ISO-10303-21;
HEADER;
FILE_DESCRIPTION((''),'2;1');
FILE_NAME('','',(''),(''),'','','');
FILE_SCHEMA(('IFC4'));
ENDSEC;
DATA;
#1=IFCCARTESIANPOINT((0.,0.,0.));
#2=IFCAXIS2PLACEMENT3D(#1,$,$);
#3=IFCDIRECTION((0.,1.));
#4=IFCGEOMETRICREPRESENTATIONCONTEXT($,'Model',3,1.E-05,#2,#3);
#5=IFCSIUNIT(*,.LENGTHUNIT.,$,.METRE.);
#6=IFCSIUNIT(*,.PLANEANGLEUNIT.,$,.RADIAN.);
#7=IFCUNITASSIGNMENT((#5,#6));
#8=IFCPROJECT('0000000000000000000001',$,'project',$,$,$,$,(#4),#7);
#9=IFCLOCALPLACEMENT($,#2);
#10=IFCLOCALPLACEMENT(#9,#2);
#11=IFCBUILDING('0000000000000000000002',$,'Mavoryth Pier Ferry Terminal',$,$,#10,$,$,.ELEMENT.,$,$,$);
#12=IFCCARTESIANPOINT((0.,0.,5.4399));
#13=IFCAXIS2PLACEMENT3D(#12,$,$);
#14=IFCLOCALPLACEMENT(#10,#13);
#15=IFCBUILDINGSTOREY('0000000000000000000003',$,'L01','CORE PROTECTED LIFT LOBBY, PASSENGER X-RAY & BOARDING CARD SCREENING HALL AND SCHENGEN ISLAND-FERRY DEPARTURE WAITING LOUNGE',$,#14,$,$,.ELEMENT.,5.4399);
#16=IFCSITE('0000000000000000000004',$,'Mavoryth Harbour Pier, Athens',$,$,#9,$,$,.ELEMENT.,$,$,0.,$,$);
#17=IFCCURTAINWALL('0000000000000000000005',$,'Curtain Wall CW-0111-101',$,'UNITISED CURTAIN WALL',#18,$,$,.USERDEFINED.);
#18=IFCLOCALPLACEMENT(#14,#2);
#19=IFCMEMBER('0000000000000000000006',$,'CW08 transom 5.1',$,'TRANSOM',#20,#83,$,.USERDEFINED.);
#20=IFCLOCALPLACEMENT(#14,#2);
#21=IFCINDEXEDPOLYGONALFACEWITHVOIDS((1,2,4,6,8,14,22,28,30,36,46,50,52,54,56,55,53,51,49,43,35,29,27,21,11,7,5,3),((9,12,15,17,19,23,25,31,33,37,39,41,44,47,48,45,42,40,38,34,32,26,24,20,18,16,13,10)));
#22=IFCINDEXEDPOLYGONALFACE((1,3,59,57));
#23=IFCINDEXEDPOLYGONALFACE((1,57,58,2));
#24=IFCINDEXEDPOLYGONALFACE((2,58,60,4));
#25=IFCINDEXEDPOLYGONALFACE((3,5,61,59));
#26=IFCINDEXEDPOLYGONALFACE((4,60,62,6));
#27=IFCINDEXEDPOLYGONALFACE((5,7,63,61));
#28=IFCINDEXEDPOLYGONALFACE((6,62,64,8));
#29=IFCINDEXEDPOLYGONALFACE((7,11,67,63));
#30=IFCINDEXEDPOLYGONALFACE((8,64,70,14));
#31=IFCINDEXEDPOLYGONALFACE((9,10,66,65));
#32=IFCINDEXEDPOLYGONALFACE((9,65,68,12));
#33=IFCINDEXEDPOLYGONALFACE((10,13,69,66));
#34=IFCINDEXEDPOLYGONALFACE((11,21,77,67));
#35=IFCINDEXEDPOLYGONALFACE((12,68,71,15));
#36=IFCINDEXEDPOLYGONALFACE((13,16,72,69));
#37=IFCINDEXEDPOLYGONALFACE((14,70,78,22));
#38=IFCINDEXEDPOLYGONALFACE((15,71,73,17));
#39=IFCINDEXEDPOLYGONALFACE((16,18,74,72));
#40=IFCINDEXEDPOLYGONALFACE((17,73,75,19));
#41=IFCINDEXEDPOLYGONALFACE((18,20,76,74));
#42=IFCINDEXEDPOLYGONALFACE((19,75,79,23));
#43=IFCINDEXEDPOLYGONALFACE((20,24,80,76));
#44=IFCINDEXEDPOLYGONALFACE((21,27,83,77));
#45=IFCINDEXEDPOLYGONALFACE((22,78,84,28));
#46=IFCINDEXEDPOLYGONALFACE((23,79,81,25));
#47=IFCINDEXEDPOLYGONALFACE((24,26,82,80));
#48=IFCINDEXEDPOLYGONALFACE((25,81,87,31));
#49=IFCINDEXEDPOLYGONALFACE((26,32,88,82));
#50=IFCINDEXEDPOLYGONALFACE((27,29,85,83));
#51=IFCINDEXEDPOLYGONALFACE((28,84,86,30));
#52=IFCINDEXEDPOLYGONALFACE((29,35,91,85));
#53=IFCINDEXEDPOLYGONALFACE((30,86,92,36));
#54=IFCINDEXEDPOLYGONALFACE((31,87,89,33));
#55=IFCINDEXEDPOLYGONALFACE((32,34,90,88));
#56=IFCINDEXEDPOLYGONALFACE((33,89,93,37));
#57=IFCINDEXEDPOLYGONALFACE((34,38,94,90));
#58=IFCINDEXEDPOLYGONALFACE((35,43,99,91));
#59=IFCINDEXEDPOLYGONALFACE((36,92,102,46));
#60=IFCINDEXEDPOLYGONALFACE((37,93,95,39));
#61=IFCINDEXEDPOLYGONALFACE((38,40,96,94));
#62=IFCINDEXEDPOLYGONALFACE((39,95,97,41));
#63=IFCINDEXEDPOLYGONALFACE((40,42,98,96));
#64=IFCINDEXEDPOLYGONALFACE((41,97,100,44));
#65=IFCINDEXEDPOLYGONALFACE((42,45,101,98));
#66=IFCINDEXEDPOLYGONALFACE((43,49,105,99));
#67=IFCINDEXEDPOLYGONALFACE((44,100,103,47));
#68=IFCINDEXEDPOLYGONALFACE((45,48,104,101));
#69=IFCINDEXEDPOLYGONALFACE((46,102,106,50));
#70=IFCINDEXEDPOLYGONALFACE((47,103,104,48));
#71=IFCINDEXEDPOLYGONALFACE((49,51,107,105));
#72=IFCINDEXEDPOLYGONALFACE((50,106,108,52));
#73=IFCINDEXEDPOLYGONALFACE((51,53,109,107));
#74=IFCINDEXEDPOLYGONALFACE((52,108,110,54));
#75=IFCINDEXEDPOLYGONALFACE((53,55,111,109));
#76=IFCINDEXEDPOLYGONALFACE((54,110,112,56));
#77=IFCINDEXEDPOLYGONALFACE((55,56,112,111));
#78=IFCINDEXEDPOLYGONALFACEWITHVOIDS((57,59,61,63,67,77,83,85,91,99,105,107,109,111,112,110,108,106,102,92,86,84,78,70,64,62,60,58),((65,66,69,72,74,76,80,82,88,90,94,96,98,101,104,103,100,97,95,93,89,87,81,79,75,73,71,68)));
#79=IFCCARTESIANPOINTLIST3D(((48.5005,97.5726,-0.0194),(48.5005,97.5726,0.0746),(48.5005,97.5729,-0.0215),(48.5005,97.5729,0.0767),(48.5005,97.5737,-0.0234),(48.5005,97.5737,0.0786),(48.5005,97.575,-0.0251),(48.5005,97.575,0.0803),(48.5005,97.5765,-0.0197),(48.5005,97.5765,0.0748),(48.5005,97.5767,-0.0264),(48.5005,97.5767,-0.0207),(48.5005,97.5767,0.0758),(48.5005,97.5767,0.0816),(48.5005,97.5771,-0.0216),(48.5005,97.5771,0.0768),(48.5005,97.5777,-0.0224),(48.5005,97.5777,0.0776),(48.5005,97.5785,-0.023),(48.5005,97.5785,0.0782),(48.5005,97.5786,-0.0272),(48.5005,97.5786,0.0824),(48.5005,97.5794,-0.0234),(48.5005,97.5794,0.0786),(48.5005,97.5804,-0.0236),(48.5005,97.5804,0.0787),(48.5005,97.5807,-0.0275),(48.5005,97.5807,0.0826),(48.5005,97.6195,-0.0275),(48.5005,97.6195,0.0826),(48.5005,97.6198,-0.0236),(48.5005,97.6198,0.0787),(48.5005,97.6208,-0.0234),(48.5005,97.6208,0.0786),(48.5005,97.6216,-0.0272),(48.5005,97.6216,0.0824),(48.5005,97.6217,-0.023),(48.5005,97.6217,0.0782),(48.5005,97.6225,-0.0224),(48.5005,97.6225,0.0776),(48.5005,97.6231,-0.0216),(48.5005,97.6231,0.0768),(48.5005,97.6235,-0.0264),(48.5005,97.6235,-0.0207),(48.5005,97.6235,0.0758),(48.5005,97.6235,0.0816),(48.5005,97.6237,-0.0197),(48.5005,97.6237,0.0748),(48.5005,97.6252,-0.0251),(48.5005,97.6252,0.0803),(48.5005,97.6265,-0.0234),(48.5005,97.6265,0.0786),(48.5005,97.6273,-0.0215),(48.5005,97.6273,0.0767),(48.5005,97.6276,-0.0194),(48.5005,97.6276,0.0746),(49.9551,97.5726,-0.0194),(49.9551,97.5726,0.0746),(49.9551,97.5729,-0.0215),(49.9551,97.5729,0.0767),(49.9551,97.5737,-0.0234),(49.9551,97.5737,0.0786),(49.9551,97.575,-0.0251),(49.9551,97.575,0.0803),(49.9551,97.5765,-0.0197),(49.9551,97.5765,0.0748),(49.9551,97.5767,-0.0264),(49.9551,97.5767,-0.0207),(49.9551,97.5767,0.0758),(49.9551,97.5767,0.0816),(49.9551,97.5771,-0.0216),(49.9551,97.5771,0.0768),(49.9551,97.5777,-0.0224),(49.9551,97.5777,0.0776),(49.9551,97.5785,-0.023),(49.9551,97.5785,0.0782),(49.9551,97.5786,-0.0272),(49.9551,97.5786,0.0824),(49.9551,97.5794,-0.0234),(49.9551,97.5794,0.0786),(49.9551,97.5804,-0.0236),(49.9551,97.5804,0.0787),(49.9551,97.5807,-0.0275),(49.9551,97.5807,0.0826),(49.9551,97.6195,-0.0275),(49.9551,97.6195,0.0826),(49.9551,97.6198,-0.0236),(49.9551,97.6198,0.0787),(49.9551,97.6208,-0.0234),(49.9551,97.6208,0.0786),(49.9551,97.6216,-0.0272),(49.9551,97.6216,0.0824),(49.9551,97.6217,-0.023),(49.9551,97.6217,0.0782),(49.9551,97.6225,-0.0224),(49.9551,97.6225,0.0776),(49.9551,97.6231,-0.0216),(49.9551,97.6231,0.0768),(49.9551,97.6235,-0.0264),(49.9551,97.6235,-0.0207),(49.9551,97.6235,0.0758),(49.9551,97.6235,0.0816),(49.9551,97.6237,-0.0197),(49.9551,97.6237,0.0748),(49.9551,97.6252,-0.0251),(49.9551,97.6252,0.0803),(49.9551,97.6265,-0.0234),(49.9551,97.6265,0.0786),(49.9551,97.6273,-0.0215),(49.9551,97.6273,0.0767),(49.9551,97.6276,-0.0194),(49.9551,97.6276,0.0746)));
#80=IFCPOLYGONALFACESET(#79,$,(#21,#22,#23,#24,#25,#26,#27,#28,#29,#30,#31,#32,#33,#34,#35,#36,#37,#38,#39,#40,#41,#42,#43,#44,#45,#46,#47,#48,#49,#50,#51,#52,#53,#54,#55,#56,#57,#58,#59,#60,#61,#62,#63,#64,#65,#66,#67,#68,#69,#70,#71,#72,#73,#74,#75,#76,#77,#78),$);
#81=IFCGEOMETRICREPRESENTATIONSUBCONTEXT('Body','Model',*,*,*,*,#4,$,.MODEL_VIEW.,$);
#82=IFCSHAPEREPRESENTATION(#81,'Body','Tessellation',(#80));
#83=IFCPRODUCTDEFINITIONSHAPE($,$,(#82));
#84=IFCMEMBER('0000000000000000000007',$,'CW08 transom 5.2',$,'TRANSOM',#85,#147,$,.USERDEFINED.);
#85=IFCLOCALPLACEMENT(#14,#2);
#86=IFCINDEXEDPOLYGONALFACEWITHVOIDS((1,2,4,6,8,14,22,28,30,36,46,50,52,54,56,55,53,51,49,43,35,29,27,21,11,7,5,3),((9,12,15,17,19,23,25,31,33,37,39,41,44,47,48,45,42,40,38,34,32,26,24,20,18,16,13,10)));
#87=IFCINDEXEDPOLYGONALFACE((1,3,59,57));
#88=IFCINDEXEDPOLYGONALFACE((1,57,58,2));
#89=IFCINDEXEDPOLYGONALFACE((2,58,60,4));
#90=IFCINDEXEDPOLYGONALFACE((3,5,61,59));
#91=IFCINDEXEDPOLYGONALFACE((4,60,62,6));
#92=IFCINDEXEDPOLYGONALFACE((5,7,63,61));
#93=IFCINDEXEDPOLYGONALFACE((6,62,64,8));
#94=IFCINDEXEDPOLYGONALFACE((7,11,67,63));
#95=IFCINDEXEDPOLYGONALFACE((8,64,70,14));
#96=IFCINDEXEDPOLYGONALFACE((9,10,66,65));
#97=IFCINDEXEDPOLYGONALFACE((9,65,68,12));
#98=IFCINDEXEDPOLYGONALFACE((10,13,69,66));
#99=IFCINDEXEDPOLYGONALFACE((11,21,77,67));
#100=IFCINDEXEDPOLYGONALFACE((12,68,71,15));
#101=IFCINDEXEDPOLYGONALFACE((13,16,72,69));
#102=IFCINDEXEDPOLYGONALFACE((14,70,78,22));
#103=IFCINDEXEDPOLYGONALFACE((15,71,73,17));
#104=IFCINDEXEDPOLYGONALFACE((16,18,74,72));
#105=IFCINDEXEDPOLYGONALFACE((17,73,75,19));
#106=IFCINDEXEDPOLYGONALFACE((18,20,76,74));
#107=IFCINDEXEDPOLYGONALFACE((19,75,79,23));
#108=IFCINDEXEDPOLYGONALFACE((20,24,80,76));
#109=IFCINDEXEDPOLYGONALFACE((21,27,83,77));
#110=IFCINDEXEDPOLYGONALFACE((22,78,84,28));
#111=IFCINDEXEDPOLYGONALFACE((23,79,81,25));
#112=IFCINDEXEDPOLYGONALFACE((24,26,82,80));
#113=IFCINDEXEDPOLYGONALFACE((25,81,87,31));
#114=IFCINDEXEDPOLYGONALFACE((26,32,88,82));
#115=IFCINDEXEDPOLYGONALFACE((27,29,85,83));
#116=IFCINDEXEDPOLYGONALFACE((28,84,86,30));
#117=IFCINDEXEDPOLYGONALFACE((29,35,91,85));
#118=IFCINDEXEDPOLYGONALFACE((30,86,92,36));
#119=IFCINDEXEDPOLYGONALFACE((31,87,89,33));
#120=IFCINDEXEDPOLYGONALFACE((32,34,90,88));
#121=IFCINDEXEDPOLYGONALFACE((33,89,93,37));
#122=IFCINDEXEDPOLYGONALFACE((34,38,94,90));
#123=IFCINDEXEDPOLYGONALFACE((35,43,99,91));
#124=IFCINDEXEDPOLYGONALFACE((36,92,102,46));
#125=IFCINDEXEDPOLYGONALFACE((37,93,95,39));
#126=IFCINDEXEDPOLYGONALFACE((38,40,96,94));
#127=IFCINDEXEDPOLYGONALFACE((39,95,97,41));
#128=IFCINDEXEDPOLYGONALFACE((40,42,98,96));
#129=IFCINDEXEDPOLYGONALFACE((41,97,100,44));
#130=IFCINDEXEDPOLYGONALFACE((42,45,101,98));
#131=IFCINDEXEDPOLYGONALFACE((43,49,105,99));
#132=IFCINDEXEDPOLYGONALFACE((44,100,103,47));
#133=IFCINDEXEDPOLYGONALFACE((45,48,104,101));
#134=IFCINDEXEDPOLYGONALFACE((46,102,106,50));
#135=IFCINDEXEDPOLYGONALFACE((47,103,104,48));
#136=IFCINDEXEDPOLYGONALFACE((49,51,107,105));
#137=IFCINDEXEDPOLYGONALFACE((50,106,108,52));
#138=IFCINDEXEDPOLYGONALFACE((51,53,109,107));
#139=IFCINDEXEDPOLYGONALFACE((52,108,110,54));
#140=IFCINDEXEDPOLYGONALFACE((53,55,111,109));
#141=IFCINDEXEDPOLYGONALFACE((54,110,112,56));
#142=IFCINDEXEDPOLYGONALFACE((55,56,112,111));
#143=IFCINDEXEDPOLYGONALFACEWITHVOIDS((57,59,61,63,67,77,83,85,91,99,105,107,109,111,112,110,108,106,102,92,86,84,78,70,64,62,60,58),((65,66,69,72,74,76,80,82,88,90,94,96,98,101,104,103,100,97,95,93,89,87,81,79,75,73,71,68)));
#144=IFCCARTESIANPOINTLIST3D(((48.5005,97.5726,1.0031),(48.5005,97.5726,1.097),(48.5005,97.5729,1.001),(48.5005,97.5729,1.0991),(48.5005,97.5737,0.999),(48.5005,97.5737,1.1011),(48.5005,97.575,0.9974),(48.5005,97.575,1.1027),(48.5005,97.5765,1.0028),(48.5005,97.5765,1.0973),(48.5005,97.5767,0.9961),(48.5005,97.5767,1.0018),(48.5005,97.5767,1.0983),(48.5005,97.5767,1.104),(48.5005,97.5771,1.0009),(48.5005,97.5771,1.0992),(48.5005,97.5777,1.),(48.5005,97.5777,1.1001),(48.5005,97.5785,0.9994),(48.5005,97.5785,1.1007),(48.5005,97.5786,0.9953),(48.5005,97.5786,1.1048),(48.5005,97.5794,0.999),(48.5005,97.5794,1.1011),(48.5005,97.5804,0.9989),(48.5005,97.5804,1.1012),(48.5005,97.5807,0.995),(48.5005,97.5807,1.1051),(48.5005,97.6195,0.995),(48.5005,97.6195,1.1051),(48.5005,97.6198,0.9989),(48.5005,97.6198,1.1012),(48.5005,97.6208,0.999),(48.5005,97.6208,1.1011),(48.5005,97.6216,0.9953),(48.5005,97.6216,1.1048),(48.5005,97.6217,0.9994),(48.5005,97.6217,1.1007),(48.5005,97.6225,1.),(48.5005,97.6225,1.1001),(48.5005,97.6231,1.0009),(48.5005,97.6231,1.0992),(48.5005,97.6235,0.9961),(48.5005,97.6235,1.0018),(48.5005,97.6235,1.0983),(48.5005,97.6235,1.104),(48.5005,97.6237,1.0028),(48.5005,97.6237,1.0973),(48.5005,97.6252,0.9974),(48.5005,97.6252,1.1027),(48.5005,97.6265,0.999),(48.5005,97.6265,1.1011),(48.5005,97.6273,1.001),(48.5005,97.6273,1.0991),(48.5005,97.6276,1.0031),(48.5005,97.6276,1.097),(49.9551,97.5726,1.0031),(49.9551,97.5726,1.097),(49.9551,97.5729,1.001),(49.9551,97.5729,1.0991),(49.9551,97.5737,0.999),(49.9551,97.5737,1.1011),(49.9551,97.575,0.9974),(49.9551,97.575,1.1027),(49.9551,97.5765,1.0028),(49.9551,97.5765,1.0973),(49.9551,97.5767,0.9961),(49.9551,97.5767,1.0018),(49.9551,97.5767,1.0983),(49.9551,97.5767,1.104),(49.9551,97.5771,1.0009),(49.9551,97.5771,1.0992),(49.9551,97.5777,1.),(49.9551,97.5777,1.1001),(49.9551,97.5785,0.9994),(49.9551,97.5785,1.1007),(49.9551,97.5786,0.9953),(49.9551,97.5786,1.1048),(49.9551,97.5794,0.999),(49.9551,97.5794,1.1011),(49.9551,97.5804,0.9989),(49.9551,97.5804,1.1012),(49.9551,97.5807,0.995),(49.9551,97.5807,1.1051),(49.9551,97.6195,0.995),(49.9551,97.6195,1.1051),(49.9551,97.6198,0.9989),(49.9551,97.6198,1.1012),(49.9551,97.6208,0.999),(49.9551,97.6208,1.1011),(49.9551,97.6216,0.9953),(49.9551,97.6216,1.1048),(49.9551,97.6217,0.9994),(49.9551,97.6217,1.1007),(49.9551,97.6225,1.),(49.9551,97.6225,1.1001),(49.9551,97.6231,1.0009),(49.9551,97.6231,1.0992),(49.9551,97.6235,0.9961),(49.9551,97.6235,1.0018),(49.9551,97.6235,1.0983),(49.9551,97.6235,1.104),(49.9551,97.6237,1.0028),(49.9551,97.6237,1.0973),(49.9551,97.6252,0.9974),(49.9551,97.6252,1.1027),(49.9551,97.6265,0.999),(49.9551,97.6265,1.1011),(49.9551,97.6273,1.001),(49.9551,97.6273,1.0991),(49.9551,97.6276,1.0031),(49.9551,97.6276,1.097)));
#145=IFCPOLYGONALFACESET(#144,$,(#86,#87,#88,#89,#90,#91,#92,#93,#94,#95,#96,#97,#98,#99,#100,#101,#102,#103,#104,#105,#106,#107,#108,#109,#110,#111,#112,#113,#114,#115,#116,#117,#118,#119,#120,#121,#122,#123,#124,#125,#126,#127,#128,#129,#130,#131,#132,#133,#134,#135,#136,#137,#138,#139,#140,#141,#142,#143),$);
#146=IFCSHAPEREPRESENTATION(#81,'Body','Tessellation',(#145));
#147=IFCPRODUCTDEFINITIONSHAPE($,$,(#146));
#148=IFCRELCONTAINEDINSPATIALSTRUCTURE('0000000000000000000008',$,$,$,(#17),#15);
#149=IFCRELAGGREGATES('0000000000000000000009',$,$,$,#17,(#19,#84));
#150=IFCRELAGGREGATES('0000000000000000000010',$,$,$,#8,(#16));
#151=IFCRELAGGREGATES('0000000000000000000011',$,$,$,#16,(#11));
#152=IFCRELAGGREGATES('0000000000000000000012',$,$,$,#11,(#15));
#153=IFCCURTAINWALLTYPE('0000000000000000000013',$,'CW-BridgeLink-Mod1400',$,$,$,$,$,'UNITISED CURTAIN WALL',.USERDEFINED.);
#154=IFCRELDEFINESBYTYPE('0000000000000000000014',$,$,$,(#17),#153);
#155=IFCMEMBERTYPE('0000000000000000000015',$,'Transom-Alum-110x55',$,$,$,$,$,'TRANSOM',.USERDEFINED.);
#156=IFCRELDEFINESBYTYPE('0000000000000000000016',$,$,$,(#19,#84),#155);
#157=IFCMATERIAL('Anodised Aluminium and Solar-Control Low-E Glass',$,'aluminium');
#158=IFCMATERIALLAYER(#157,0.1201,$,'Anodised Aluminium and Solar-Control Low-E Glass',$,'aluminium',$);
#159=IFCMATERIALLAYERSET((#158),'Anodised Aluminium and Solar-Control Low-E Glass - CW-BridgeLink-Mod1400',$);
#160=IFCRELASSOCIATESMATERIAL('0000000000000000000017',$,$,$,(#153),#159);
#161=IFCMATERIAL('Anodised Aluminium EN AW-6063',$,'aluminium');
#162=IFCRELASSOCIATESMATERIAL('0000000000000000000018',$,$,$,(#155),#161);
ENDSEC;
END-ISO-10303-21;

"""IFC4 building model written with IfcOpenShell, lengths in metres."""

from ifc_helpers import new_model, si_unit, direction, frame, origin, origin_2d, place, context, subcontext, project, spatial, hollow_rectangle, extrude, material, layer, layer_set, material_profile, profile_set, type_object, element, aggregate, save


model = new_model("IFC4")

# Units and contexts
model_context = context("Model", 3, precision=1e-05, world=origin(), true_north=direction((0.0, 1.0)))
body_context = subcontext(model_context, "Body", "Model", "MODEL_VIEW")
ifc_project = project(units=[si_unit("LENGTHUNIT", "METRE"), si_unit("PLANEANGLEUNIT", "RADIAN")], contexts=[model_context])

# Site, building, storey
site_placement = place(None, origin())
site = spatial("IfcSite", under=ifc_project, at=site_placement, Name="Mavoryth Harbour Pier, Athens", CompositionType="ELEMENT", RefElevation=0.0)
building_placement = place(site_placement, origin())
building = spatial("IfcBuilding", under=site, at=building_placement, Name="Mavoryth Pier Ferry Terminal", CompositionType="ELEMENT")
storey_placement = place(building_placement, frame((0.0, 0.0, 5.4399)))
storey = spatial("IfcBuildingStorey", under=building, at=storey_placement, Name="L01", Description="CORE PROTECTED LIFT LOBBY, PASSENGER X-RAY & BOARDING CARD SCREENING HALL AND SCHENGEN ISLAND-FERRY DEPARTURE WAITING LOUNGE", CompositionType="ELEMENT", Elevation=5.4399)

# Curtain wall
ifc_material_1 = material(Name="Anodised Aluminium and Solar-Control Low-E Glass", Category="aluminium")
ifc_layer_1 = layer(ifc_material_1, 0.1201, Name="Anodised Aluminium and Solar-Control Low-E Glass", Category="aluminium")
ifc_layer_set_1 = layer_set([ifc_layer_1], Name="Anodised Aluminium and Solar-Control Low-E Glass - CW-BridgeLink-Mod1400")
curtain_wall_type_1 = type_object("IfcCurtainWallType", Name="CW-BridgeLink-Mod1400", ElementType="UNITISED CURTAIN WALL", PredefinedType="USERDEFINED", material=ifc_layer_set_1)
curtain_wall_1_placement = place(storey_placement, origin())
curtain_wall_1 = element("IfcCurtainWall", 1, at=curtain_wall_1_placement, inside=storey, type_object=curtain_wall_type_1, Name="Curtain Wall CW-0111-101", ObjectType="UNITISED CURTAIN WALL", PredefinedType="USERDEFINED")
ifc_material_2 = material(Name="Anodised Aluminium EN AW-6063", Category="aluminium")

# Members
ifc_material_profile_1 = material_profile(ifc_material_2, hollow_rectangle(XDim=0.0549, YDim=0.1101, WallThickness=0.0039, InnerFilletRadius=0.0039, OuterFilletRadius=0.0081, at=origin_2d()), Name="AL-TRAN 110x55x4", Category="aluminium")
ifc_profile_set_1 = profile_set([ifc_material_profile_1], Name="Anodised Aluminium EN AW-6063 - AL-TRAN 110x55x4")
member_type_1 = type_object("IfcMemberType", Name="Transom-Alum-110x55", ElementType="TRANSOM", PredefinedType="USERDEFINED", material=ifc_profile_set_1)
member_1_placement = place(storey_placement, frame((48.5005, 97.6001, 0.0276), z_axis=(1.0, 0.0, 0.0), x_axis=(0.0, 1.0, 0.0)))
member_1 = element("IfcMember", 2, at=member_1_placement, type_object=member_type_1, Name="CW08 transom 5.1", ObjectType="TRANSOM", PredefinedType="USERDEFINED", context=body_context, shape_type="SweptSolid", body=[
    extrude(hollow_rectangle(XDim=0.0549, YDim=0.1101, WallThickness=0.0039, InnerFilletRadius=0.0039, OuterFilletRadius=0.0081, at=origin_2d()), origin(), (0.0, 0.0, 1.0), 1.4546),
])
member_2_placement = place(storey_placement, frame((48.5005, 97.6001, 1.05), z_axis=(1.0, 0.0, 0.0), x_axis=(0.0, 1.0, 0.0)))
member_2 = element("IfcMember", 3, at=member_2_placement, type_object=member_type_1, Name="CW08 transom 5.2", ObjectType="TRANSOM", PredefinedType="USERDEFINED", context=body_context, shape_type="SweptSolid", body=[
    extrude(hollow_rectangle(XDim=0.0549, YDim=0.1101, WallThickness=0.0039, InnerFilletRadius=0.0039, OuterFilletRadius=0.0081, at=origin_2d()), origin(), (0.0, 0.0, 1.0), 1.4546),
])

aggregate(curtain_wall_1, [member_1, member_2])

save(model, "model.ifc")
